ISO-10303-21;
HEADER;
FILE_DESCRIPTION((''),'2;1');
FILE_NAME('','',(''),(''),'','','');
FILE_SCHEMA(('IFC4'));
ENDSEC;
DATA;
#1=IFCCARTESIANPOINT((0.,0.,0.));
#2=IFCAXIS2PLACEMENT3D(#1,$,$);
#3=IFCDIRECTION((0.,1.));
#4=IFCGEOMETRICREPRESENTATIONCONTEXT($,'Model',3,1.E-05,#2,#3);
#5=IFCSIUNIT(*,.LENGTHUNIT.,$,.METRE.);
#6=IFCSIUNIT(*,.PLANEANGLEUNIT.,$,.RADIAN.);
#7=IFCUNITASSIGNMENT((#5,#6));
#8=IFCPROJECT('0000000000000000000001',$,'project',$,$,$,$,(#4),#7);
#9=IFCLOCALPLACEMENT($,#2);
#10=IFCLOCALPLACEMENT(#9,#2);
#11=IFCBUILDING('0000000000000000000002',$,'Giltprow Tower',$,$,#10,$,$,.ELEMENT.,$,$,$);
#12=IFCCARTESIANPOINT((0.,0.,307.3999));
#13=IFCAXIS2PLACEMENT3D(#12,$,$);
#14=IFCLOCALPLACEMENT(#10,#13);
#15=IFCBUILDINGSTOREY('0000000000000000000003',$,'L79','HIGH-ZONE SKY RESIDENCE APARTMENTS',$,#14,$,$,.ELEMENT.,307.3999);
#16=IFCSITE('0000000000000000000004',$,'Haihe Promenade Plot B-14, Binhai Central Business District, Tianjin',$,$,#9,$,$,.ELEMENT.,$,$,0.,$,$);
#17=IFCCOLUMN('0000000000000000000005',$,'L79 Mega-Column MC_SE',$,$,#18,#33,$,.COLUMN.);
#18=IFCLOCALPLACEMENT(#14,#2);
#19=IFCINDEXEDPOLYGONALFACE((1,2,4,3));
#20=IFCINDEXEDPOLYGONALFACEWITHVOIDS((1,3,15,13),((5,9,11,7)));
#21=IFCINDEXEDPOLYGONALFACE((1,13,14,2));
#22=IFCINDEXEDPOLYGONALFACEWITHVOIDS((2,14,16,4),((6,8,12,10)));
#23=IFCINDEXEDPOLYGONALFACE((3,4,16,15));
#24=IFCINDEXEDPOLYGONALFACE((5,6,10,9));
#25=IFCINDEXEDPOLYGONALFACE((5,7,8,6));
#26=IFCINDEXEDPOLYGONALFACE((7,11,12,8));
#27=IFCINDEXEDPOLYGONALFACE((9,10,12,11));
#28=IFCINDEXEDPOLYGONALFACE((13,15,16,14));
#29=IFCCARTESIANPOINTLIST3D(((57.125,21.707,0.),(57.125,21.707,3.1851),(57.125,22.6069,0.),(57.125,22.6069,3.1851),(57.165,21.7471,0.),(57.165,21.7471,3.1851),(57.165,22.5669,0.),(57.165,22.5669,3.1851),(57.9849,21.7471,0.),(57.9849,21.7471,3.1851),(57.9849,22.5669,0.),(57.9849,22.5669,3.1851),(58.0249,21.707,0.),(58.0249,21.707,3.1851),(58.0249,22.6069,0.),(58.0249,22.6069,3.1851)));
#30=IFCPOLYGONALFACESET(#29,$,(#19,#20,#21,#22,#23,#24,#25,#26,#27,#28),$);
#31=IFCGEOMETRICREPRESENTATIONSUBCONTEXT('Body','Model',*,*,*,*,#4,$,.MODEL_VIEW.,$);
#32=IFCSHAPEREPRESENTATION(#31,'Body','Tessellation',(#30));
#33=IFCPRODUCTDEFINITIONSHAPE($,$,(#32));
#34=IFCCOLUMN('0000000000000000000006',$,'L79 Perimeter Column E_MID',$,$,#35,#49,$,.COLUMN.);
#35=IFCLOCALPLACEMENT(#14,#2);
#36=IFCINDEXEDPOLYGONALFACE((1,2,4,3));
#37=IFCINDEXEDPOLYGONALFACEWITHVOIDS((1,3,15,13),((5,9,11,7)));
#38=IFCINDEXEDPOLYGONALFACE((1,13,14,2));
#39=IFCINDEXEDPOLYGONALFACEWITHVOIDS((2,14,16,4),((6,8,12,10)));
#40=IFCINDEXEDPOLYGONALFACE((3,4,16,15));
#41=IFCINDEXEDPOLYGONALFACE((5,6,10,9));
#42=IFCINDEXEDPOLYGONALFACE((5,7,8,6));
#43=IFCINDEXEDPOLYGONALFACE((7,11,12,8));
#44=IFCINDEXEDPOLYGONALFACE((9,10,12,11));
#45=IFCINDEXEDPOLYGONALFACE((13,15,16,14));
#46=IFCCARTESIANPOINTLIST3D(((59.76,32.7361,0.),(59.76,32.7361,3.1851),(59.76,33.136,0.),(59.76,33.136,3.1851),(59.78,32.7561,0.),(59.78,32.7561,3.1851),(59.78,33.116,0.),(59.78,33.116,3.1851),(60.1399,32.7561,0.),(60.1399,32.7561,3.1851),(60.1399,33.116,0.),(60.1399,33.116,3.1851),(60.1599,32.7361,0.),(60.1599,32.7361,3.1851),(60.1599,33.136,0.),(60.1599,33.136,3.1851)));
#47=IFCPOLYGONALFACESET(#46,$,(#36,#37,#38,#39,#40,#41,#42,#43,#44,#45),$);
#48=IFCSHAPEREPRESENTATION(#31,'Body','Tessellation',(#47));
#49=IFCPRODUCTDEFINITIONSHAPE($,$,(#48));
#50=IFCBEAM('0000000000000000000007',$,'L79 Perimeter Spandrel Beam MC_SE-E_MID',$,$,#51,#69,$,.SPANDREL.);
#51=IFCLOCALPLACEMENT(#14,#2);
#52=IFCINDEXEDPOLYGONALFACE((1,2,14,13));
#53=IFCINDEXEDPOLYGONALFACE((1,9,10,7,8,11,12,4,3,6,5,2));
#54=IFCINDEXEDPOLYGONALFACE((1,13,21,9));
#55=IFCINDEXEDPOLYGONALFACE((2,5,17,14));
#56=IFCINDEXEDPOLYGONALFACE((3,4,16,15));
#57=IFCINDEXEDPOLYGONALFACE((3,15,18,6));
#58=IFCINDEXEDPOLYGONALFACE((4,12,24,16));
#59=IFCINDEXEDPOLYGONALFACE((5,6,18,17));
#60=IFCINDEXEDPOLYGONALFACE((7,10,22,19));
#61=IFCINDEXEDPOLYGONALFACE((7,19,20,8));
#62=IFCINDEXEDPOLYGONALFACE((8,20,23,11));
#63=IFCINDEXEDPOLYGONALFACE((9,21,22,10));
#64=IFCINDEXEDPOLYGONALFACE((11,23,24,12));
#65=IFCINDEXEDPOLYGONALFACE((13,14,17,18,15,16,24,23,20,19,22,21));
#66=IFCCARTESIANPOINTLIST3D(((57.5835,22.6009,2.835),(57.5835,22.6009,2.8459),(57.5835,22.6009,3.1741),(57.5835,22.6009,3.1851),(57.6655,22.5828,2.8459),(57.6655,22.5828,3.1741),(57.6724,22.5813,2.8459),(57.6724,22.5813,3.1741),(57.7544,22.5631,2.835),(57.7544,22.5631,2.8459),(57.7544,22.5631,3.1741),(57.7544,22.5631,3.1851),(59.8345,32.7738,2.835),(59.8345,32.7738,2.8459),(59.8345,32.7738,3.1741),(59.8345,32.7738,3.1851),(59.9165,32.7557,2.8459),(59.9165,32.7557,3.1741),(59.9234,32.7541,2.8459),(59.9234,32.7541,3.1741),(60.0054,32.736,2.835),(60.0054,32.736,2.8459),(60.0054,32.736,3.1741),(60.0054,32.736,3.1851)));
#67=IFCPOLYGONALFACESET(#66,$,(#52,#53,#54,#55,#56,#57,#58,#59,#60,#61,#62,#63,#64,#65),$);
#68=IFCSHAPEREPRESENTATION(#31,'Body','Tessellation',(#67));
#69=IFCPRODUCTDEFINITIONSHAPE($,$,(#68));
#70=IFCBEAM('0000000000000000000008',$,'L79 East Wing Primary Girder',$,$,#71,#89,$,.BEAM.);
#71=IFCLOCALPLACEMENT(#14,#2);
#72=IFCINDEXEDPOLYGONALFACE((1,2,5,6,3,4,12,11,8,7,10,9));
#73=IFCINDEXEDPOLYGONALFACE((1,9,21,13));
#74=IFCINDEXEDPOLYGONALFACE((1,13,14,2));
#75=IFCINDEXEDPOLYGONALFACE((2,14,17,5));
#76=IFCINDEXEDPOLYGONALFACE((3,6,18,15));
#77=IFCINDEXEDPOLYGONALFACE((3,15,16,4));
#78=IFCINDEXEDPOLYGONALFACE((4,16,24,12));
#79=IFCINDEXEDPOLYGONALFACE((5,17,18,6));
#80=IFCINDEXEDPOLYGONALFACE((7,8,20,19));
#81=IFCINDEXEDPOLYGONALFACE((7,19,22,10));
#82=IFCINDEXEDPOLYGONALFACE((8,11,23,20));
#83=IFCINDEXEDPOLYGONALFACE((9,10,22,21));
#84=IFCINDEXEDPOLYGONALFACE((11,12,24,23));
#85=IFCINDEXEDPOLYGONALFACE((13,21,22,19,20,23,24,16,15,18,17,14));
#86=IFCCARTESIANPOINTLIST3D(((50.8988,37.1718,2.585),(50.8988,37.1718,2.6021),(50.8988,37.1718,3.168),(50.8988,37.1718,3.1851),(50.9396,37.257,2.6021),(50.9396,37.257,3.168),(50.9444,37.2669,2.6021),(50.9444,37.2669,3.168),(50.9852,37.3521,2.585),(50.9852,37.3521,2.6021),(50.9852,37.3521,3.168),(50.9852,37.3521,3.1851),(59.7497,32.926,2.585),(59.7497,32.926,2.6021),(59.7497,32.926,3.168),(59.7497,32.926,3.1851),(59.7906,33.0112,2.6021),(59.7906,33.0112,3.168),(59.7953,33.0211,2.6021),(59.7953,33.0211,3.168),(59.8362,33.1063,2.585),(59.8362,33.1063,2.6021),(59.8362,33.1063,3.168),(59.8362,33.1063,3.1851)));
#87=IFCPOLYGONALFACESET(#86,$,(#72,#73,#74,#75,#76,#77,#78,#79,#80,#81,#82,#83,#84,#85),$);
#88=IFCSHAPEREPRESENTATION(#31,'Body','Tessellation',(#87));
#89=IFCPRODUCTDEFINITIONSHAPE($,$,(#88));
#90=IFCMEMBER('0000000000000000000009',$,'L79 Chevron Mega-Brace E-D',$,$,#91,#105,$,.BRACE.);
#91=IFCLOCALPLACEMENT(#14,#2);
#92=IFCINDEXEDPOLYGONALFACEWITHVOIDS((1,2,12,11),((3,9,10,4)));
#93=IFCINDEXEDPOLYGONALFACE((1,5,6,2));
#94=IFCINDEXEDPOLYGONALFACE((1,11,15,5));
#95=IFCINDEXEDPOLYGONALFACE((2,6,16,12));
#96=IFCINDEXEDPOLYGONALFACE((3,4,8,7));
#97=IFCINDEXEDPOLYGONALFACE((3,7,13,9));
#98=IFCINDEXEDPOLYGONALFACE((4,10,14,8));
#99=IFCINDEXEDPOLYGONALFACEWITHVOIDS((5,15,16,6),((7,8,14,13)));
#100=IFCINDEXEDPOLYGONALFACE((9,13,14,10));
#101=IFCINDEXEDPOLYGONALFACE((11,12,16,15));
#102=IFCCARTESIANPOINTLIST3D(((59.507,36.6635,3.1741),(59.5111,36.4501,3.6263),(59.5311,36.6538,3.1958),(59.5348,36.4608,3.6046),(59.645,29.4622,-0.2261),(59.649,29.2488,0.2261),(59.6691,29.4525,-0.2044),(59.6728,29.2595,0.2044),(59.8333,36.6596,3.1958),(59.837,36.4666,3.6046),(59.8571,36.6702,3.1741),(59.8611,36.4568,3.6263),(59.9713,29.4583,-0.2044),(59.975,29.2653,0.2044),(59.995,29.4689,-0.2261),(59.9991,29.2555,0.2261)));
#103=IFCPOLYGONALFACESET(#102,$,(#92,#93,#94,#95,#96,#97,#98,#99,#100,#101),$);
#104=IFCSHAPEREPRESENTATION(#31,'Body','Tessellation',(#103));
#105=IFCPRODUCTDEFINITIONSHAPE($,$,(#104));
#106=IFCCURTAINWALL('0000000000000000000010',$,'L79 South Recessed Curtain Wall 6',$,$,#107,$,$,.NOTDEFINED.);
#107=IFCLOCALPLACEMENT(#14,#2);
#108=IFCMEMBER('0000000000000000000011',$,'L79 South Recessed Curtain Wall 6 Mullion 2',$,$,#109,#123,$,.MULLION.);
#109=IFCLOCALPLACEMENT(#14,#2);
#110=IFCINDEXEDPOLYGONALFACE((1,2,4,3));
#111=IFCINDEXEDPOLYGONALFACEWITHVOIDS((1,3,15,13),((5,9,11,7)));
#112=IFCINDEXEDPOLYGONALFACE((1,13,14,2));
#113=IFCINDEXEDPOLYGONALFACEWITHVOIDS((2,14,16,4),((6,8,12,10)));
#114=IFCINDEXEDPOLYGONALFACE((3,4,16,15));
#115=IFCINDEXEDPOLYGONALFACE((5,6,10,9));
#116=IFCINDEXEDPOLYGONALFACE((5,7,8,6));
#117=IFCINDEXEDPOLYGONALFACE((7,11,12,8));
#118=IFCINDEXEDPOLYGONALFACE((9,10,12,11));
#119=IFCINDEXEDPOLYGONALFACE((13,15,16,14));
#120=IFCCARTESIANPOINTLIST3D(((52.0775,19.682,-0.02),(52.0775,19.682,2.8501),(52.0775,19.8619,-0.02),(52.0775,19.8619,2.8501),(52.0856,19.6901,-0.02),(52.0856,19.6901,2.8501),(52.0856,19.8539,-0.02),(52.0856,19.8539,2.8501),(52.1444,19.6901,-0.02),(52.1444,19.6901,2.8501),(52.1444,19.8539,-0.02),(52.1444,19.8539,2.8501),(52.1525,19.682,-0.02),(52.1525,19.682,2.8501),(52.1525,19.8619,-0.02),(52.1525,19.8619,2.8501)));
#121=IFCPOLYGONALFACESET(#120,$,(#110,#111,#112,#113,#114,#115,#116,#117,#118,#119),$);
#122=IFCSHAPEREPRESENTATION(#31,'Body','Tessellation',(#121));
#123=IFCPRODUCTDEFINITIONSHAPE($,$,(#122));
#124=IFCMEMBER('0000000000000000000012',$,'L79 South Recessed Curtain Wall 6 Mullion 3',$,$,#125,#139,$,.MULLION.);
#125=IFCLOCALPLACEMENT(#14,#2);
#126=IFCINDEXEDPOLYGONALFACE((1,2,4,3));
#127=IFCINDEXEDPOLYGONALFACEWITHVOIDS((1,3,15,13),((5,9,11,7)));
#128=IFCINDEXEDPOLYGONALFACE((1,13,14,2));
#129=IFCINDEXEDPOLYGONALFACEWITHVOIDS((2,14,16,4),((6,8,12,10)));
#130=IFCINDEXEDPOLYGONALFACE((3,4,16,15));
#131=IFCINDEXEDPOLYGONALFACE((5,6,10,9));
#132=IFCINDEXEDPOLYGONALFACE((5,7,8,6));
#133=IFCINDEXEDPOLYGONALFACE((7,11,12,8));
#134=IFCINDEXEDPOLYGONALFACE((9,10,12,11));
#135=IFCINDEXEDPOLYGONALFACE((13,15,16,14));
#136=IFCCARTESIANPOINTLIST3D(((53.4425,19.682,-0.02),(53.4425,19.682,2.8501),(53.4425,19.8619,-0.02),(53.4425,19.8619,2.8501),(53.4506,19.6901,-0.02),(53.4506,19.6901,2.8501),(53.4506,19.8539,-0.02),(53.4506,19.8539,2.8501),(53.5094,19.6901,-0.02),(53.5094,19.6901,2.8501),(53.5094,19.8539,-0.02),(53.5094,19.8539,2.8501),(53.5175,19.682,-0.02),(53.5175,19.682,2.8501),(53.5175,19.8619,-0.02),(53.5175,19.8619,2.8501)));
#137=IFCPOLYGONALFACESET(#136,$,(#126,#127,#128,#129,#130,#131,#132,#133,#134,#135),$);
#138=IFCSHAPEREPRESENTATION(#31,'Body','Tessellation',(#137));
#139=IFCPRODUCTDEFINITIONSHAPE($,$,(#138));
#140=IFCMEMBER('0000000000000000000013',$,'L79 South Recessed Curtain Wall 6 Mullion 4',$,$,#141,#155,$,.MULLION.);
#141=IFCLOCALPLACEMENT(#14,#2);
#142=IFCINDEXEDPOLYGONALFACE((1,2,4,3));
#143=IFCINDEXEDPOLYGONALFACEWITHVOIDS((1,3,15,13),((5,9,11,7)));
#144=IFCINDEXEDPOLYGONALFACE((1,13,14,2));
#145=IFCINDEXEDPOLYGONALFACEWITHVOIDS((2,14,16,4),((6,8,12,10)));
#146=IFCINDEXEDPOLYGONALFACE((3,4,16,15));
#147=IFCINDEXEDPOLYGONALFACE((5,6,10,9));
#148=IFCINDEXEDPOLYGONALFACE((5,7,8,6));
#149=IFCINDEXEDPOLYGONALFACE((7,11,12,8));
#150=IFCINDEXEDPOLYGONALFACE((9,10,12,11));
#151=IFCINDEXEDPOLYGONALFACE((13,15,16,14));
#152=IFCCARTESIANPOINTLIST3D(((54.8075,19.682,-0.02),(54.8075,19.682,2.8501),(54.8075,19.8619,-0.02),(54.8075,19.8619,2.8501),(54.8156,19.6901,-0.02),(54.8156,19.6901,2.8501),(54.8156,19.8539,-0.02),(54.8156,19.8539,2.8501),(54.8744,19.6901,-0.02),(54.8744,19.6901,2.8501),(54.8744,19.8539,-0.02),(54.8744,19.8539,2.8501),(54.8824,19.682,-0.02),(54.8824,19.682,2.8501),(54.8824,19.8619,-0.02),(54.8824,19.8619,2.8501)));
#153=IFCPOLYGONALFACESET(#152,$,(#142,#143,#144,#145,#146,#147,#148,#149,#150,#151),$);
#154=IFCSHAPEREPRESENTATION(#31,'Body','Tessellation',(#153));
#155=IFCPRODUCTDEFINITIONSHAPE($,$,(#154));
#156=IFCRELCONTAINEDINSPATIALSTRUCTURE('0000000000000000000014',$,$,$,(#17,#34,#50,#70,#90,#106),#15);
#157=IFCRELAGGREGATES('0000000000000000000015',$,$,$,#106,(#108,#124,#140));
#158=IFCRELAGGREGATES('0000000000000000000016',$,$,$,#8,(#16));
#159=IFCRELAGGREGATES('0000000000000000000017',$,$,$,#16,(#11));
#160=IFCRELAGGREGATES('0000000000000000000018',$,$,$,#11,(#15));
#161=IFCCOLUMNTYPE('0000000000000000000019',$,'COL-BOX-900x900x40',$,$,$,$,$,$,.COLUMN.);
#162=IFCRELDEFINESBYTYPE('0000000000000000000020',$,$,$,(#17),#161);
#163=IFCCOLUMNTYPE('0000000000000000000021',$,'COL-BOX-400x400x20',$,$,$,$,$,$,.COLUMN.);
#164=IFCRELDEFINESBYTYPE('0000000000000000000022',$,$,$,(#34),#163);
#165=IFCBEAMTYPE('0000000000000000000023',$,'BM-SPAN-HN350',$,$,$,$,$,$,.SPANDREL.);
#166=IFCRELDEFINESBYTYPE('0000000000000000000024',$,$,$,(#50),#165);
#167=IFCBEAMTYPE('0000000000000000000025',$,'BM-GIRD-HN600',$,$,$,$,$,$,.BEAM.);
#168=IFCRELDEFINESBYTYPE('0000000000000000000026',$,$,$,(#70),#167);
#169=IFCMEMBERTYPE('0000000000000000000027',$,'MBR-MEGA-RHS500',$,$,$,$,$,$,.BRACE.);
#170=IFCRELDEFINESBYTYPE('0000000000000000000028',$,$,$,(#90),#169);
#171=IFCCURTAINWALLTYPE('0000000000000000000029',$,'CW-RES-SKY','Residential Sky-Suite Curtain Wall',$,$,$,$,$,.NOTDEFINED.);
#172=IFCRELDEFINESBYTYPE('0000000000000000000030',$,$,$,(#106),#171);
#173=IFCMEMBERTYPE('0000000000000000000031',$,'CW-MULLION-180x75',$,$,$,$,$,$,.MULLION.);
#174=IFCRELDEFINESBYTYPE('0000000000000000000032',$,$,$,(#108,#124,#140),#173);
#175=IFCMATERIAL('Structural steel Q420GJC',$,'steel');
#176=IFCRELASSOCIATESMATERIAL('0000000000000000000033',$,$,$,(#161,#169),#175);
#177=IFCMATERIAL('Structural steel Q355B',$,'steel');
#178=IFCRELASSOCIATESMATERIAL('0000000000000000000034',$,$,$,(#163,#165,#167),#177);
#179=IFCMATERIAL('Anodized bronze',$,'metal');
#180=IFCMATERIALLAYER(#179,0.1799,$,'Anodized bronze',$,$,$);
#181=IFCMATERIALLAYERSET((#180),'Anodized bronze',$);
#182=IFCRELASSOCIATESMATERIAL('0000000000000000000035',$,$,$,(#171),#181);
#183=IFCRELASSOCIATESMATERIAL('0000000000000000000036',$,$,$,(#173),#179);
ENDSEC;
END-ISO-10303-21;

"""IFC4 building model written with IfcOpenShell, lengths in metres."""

from ifc_helpers import new_model, si_unit, direction, frame, origin, origin_2d, place, context, subcontext, project, spatial, hollow_rectangle, i_section, extrude, source, transform, mapped, material, layer, layer_set, material_profile, profile_set, type_object, element, aggregate, save


model = new_model("IFC4")

# Units and contexts
model_context = context("Model", 3, precision=1e-05, world=origin(), true_north=direction((0.0, 1.0)))
body_context = subcontext(model_context, "Body", "Model", "MODEL_VIEW")
ifc_project = project(units=[si_unit("LENGTHUNIT", "METRE"), si_unit("PLANEANGLEUNIT", "RADIAN")], contexts=[model_context])

# Site, building, storey
site_placement = place(None, origin())
site = spatial("IfcSite", under=ifc_project, at=site_placement, Name="Haihe Promenade Plot B-14, Binhai Central Business District, Tianjin", CompositionType="ELEMENT", RefElevation=0.0)
building_placement = place(site_placement, origin())
building = spatial("IfcBuilding", under=site, at=building_placement, Name="Giltprow Tower", CompositionType="ELEMENT")
storey_placement = place(building_placement, frame((0.0, 0.0, 307.3999)))
storey = spatial("IfcBuildingStorey", under=building, at=storey_placement, Name="L79", Description="HIGH-ZONE SKY RESIDENCE APARTMENTS", CompositionType="ELEMENT", Elevation=307.3999)

# Columns
ifc_material_1 = material(Name="Structural steel Q420GJC", Category="steel")
ifc_material_profile_1 = material_profile(ifc_material_1, hollow_rectangle(XDim=0.8999, YDim=0.8999, WallThickness=0.04, at=origin_2d()), Name="BOX 900x900x40")
ifc_profile_set_1 = profile_set([ifc_material_profile_1], Name="Structural steel Q420GJC")
column_type_1 = type_object("IfcColumnType", Name="COL-BOX-900x900x40", PredefinedType="COLUMN", material=ifc_profile_set_1)
shared_shape_1 = source(origin(), body_context, "Body", "SweptSolid", [
    extrude(hollow_rectangle(XDim=0.8999, YDim=0.8999, WallThickness=0.04, at=origin_2d()), origin(), (0.0, 0.0, 1.0), 3.1851),
])
column_1_placement = place(storey_placement, frame((57.575, 22.157, 0.0), z_axis=(0.0, 0.0, 1.0), x_axis=(1.0, 0.0, 0.0)))
element("IfcColumn", 1, at=column_1_placement, inside=storey, type_object=column_type_1, Name="L79 Mega-Column MC_SE", PredefinedType="COLUMN", context=body_context, shape_type="MappedRepresentation", body=[
    mapped(shared_shape_1, transform((0.0, 0.0, 0.0), x_axis=(1.0, 0.0, 0.0), y_axis=(0.0, 1.0, 0.0), z_axis=(0.0, 0.0, 1.0), scale=1.0)),
])
ifc_material_2 = material(Name="Structural steel Q355B", Category="steel")
ifc_material_profile_2 = material_profile(ifc_material_2, hollow_rectangle(XDim=0.3999, YDim=0.3999, WallThickness=0.02, at=origin_2d()), Name="BOX 400x400x20")
ifc_profile_set_2 = profile_set([ifc_material_profile_2], Name="Structural steel Q355B")
column_type_2 = type_object("IfcColumnType", Name="COL-BOX-400x400x20", PredefinedType="COLUMN", material=ifc_profile_set_2)
shared_shape_2 = source(origin(), body_context, "Body", "SweptSolid", [
    extrude(hollow_rectangle(XDim=0.3999, YDim=0.3999, WallThickness=0.02, at=origin_2d()), origin(), (0.0, 0.0, 1.0), 3.1851),
])
column_2_placement = place(storey_placement, frame((59.96, 32.936, 0.0), z_axis=(0.0, 0.0, 1.0), x_axis=(1.0, 0.0, 0.0)))
element("IfcColumn", 2, at=column_2_placement, inside=storey, type_object=column_type_2, Name="L79 Perimeter Column E_MID", PredefinedType="COLUMN", context=body_context, shape_type="MappedRepresentation", body=[
    mapped(shared_shape_2, transform((0.0, 0.0, 0.0), x_axis=(1.0, 0.0, 0.0), y_axis=(0.0, 1.0, 0.0), z_axis=(0.0, 0.0, 1.0), scale=1.0)),
])

# Beams
ifc_material_profile_3 = material_profile(ifc_material_2, i_section(OverallWidth=0.175, OverallDepth=0.3501, WebThickness=0.0071, FlangeThickness=0.011, at=origin_2d()), Name="HN 350x175x7x11")
ifc_profile_set_3 = profile_set([ifc_material_profile_3], Name="Structural steel Q355B")
beam_type_1 = type_object("IfcBeamType", Name="BM-SPAN-HN350", PredefinedType="SPANDREL", material=ifc_profile_set_3)
shared_shape_3 = source(origin(), body_context, "Body", "SweptSolid", [
    extrude(i_section(OverallWidth=0.175, OverallDepth=0.3501, WebThickness=0.0071, FlangeThickness=0.011, at=origin_2d()), origin(), (0.0, 0.0, 1.0), 10.4189),
])
beam_1_placement = place(storey_placement, frame((57.6689, 22.582, 3.01), z_axis=(0.216047, 0.976383, 0.0), x_axis=(-0.976383, 0.216047, 0.0)))
element("IfcBeam", 3, at=beam_1_placement, inside=storey, type_object=beam_type_1, Name="L79 Perimeter Spandrel Beam MC_SE-E_MID", PredefinedType="SPANDREL", context=body_context, shape_type="MappedRepresentation", body=[
    mapped(shared_shape_3, transform((0.0, 0.0, 0.0), x_axis=(1.0, 0.0, 0.0), y_axis=(0.0, 1.0, 0.0), z_axis=(0.0, 0.0, 1.0), scale=1.0)),
])
ifc_material_profile_4 = material_profile(ifc_material_2, i_section(OverallWidth=0.2, OverallDepth=0.6001, WebThickness=0.011, FlangeThickness=0.0171, at=origin_2d()), Name="HN 600x200x11x17")
ifc_profile_set_4 = profile_set([ifc_material_profile_4], Name="Structural steel Q355B")
beam_type_2 = type_object("IfcBeamType", Name="BM-GIRD-HN600", PredefinedType="BEAM", material=ifc_profile_set_4)
shared_shape_4 = source(origin(), body_context, "Body", "SweptSolid", [
    extrude(i_section(OverallWidth=0.2, OverallDepth=0.6001, WebThickness=0.011, FlangeThickness=0.0171, at=origin_2d()), origin(), (0.0, 0.0, 1.0), 9.8167),
])
beam_2_placement = place(storey_placement, frame((59.793, 33.0161, 2.885), z_axis=(-0.901629, 0.43251, 0.0), x_axis=(-0.43251, -0.901629, 0.0)))
element("IfcBeam", 4, at=beam_2_placement, inside=storey, type_object=beam_type_2, Name="L79 East Wing Primary Girder", PredefinedType="BEAM", context=body_context, shape_type="MappedRepresentation", body=[
    mapped(shared_shape_4, transform((0.0, 0.0, 0.0), x_axis=(1.0, 0.0, 0.0), y_axis=(0.0, 1.0, 0.0), z_axis=(0.0, 0.0, 1.0), scale=1.0)),
])

# Member
ifc_material_profile_5 = material_profile(ifc_material_1, hollow_rectangle(XDim=0.3501, YDim=0.5, WallThickness=0.0239, at=origin_2d()), Name="RHS 500x350x24")
ifc_profile_set_5 = profile_set([ifc_material_profile_5], Name="Structural steel Q420GJC")
member_type_1 = type_object("IfcMemberType", Name="MBR-MEGA-RHS500", PredefinedType="BRACE", material=ifc_profile_set_5)
shared_shape_5 = source(origin(), body_context, "Body", "SweptSolid", [
    extrude(hollow_rectangle(XDim=0.3501, YDim=0.5, WallThickness=0.0239, at=origin_2d()), origin(), (0.0, 0.0, 1.0), 7.9648),
])
member_1_placement = place(storey_placement, frame((59.822, 29.3589, 0.0), z_axis=(-0.017319, 0.904133, 0.4269), x_axis=(-0.999817, -0.019152, 0.0)))
element("IfcMember", 5, at=member_1_placement, inside=storey, type_object=member_type_1, Name="L79 Chevron Mega-Brace E-D", PredefinedType="BRACE", context=body_context, shape_type="MappedRepresentation", body=[
    mapped(shared_shape_5, transform((0.0, 0.0, 0.0), x_axis=(1.0, 0.0, 0.0), y_axis=(0.0, 1.0, 0.0), z_axis=(0.0, 0.0, 1.0), scale=1.0)),
])

# Curtain wall, members
ifc_material_3 = material(Name="Anodized bronze", Category="metal")
ifc_layer_1 = layer(ifc_material_3, 0.1799, Name="Anodized bronze")
ifc_layer_set_1 = layer_set([ifc_layer_1], Name="Anodized bronze")
curtain_wall_type = type_object("IfcCurtainWallType", Name="CW-RES-SKY", Description="Residential Sky-Suite Curtain Wall", PredefinedType="NOTDEFINED", material=ifc_layer_set_1)
curtain_wall_placement = place(storey_placement, origin())
curtain_wall = element("IfcCurtainWall", 6, at=curtain_wall_placement, inside=storey, type_object=curtain_wall_type, Name="L79 South Recessed Curtain Wall 6", PredefinedType="NOTDEFINED")
ifc_material_profile_6 = material_profile(ifc_material_3, hollow_rectangle(XDim=0.075, YDim=0.1799, WallThickness=0.0081, at=origin_2d()), Name="RHS 180x75x8")
ifc_profile_set_6 = profile_set([ifc_material_profile_6], Name="Anodized bronze")
member_type_2 = type_object("IfcMemberType", Name="CW-MULLION-180x75", PredefinedType="MULLION", material=ifc_profile_set_6)
shared_shape_6 = source(origin(), body_context, "Body", "SweptSolid", [
    extrude(hollow_rectangle(XDim=0.075, YDim=0.1799, WallThickness=0.0081, at=origin_2d()), origin(), (0.0, 0.0, 1.0), 2.8701),
])
member_2_placement = place(storey_placement, frame((52.115, 19.772, -0.02), z_axis=(0.0, 0.0, 1.0), x_axis=(1.0, 0.0, 0.0)))
member_2 = element("IfcMember", 7, at=member_2_placement, type_object=member_type_2, Name="L79 South Recessed Curtain Wall 6 Mullion 2", PredefinedType="MULLION", context=body_context, shape_type="MappedRepresentation", body=[
    mapped(shared_shape_6, transform((0.0, 0.0, 0.0), x_axis=(1.0, 0.0, 0.0), y_axis=(0.0, 1.0, 0.0), z_axis=(0.0, 0.0, 1.0), scale=1.0)),
])
member_3_placement = place(storey_placement, frame((53.48, 19.772, -0.02), z_axis=(0.0, 0.0, 1.0), x_axis=(1.0, 0.0, 0.0)))
member_3 = element("IfcMember", 8, at=member_3_placement, type_object=member_type_2, Name="L79 South Recessed Curtain Wall 6 Mullion 3", PredefinedType="MULLION", context=body_context, shape_type="MappedRepresentation", body=[
    mapped(shared_shape_6, transform((0.0, 0.0, 0.0), x_axis=(1.0, 0.0, 0.0), y_axis=(0.0, 1.0, 0.0), z_axis=(0.0, 0.0, 1.0), scale=1.0)),
])
member_4_placement = place(storey_placement, frame((54.845, 19.772, -0.02), z_axis=(0.0, 0.0, 1.0), x_axis=(1.0, 0.0, 0.0)))
member_4 = element("IfcMember", 9, at=member_4_placement, type_object=member_type_2, Name="L79 South Recessed Curtain Wall 6 Mullion 4", PredefinedType="MULLION", context=body_context, shape_type="MappedRepresentation", body=[
    mapped(shared_shape_6, transform((0.0, 0.0, 0.0), x_axis=(1.0, 0.0, 0.0), y_axis=(0.0, 1.0, 0.0), z_axis=(0.0, 0.0, 1.0), scale=1.0)),
])
aggregate(curtain_wall, [member_2, member_3, member_4])

save(model, "model.ifc")
